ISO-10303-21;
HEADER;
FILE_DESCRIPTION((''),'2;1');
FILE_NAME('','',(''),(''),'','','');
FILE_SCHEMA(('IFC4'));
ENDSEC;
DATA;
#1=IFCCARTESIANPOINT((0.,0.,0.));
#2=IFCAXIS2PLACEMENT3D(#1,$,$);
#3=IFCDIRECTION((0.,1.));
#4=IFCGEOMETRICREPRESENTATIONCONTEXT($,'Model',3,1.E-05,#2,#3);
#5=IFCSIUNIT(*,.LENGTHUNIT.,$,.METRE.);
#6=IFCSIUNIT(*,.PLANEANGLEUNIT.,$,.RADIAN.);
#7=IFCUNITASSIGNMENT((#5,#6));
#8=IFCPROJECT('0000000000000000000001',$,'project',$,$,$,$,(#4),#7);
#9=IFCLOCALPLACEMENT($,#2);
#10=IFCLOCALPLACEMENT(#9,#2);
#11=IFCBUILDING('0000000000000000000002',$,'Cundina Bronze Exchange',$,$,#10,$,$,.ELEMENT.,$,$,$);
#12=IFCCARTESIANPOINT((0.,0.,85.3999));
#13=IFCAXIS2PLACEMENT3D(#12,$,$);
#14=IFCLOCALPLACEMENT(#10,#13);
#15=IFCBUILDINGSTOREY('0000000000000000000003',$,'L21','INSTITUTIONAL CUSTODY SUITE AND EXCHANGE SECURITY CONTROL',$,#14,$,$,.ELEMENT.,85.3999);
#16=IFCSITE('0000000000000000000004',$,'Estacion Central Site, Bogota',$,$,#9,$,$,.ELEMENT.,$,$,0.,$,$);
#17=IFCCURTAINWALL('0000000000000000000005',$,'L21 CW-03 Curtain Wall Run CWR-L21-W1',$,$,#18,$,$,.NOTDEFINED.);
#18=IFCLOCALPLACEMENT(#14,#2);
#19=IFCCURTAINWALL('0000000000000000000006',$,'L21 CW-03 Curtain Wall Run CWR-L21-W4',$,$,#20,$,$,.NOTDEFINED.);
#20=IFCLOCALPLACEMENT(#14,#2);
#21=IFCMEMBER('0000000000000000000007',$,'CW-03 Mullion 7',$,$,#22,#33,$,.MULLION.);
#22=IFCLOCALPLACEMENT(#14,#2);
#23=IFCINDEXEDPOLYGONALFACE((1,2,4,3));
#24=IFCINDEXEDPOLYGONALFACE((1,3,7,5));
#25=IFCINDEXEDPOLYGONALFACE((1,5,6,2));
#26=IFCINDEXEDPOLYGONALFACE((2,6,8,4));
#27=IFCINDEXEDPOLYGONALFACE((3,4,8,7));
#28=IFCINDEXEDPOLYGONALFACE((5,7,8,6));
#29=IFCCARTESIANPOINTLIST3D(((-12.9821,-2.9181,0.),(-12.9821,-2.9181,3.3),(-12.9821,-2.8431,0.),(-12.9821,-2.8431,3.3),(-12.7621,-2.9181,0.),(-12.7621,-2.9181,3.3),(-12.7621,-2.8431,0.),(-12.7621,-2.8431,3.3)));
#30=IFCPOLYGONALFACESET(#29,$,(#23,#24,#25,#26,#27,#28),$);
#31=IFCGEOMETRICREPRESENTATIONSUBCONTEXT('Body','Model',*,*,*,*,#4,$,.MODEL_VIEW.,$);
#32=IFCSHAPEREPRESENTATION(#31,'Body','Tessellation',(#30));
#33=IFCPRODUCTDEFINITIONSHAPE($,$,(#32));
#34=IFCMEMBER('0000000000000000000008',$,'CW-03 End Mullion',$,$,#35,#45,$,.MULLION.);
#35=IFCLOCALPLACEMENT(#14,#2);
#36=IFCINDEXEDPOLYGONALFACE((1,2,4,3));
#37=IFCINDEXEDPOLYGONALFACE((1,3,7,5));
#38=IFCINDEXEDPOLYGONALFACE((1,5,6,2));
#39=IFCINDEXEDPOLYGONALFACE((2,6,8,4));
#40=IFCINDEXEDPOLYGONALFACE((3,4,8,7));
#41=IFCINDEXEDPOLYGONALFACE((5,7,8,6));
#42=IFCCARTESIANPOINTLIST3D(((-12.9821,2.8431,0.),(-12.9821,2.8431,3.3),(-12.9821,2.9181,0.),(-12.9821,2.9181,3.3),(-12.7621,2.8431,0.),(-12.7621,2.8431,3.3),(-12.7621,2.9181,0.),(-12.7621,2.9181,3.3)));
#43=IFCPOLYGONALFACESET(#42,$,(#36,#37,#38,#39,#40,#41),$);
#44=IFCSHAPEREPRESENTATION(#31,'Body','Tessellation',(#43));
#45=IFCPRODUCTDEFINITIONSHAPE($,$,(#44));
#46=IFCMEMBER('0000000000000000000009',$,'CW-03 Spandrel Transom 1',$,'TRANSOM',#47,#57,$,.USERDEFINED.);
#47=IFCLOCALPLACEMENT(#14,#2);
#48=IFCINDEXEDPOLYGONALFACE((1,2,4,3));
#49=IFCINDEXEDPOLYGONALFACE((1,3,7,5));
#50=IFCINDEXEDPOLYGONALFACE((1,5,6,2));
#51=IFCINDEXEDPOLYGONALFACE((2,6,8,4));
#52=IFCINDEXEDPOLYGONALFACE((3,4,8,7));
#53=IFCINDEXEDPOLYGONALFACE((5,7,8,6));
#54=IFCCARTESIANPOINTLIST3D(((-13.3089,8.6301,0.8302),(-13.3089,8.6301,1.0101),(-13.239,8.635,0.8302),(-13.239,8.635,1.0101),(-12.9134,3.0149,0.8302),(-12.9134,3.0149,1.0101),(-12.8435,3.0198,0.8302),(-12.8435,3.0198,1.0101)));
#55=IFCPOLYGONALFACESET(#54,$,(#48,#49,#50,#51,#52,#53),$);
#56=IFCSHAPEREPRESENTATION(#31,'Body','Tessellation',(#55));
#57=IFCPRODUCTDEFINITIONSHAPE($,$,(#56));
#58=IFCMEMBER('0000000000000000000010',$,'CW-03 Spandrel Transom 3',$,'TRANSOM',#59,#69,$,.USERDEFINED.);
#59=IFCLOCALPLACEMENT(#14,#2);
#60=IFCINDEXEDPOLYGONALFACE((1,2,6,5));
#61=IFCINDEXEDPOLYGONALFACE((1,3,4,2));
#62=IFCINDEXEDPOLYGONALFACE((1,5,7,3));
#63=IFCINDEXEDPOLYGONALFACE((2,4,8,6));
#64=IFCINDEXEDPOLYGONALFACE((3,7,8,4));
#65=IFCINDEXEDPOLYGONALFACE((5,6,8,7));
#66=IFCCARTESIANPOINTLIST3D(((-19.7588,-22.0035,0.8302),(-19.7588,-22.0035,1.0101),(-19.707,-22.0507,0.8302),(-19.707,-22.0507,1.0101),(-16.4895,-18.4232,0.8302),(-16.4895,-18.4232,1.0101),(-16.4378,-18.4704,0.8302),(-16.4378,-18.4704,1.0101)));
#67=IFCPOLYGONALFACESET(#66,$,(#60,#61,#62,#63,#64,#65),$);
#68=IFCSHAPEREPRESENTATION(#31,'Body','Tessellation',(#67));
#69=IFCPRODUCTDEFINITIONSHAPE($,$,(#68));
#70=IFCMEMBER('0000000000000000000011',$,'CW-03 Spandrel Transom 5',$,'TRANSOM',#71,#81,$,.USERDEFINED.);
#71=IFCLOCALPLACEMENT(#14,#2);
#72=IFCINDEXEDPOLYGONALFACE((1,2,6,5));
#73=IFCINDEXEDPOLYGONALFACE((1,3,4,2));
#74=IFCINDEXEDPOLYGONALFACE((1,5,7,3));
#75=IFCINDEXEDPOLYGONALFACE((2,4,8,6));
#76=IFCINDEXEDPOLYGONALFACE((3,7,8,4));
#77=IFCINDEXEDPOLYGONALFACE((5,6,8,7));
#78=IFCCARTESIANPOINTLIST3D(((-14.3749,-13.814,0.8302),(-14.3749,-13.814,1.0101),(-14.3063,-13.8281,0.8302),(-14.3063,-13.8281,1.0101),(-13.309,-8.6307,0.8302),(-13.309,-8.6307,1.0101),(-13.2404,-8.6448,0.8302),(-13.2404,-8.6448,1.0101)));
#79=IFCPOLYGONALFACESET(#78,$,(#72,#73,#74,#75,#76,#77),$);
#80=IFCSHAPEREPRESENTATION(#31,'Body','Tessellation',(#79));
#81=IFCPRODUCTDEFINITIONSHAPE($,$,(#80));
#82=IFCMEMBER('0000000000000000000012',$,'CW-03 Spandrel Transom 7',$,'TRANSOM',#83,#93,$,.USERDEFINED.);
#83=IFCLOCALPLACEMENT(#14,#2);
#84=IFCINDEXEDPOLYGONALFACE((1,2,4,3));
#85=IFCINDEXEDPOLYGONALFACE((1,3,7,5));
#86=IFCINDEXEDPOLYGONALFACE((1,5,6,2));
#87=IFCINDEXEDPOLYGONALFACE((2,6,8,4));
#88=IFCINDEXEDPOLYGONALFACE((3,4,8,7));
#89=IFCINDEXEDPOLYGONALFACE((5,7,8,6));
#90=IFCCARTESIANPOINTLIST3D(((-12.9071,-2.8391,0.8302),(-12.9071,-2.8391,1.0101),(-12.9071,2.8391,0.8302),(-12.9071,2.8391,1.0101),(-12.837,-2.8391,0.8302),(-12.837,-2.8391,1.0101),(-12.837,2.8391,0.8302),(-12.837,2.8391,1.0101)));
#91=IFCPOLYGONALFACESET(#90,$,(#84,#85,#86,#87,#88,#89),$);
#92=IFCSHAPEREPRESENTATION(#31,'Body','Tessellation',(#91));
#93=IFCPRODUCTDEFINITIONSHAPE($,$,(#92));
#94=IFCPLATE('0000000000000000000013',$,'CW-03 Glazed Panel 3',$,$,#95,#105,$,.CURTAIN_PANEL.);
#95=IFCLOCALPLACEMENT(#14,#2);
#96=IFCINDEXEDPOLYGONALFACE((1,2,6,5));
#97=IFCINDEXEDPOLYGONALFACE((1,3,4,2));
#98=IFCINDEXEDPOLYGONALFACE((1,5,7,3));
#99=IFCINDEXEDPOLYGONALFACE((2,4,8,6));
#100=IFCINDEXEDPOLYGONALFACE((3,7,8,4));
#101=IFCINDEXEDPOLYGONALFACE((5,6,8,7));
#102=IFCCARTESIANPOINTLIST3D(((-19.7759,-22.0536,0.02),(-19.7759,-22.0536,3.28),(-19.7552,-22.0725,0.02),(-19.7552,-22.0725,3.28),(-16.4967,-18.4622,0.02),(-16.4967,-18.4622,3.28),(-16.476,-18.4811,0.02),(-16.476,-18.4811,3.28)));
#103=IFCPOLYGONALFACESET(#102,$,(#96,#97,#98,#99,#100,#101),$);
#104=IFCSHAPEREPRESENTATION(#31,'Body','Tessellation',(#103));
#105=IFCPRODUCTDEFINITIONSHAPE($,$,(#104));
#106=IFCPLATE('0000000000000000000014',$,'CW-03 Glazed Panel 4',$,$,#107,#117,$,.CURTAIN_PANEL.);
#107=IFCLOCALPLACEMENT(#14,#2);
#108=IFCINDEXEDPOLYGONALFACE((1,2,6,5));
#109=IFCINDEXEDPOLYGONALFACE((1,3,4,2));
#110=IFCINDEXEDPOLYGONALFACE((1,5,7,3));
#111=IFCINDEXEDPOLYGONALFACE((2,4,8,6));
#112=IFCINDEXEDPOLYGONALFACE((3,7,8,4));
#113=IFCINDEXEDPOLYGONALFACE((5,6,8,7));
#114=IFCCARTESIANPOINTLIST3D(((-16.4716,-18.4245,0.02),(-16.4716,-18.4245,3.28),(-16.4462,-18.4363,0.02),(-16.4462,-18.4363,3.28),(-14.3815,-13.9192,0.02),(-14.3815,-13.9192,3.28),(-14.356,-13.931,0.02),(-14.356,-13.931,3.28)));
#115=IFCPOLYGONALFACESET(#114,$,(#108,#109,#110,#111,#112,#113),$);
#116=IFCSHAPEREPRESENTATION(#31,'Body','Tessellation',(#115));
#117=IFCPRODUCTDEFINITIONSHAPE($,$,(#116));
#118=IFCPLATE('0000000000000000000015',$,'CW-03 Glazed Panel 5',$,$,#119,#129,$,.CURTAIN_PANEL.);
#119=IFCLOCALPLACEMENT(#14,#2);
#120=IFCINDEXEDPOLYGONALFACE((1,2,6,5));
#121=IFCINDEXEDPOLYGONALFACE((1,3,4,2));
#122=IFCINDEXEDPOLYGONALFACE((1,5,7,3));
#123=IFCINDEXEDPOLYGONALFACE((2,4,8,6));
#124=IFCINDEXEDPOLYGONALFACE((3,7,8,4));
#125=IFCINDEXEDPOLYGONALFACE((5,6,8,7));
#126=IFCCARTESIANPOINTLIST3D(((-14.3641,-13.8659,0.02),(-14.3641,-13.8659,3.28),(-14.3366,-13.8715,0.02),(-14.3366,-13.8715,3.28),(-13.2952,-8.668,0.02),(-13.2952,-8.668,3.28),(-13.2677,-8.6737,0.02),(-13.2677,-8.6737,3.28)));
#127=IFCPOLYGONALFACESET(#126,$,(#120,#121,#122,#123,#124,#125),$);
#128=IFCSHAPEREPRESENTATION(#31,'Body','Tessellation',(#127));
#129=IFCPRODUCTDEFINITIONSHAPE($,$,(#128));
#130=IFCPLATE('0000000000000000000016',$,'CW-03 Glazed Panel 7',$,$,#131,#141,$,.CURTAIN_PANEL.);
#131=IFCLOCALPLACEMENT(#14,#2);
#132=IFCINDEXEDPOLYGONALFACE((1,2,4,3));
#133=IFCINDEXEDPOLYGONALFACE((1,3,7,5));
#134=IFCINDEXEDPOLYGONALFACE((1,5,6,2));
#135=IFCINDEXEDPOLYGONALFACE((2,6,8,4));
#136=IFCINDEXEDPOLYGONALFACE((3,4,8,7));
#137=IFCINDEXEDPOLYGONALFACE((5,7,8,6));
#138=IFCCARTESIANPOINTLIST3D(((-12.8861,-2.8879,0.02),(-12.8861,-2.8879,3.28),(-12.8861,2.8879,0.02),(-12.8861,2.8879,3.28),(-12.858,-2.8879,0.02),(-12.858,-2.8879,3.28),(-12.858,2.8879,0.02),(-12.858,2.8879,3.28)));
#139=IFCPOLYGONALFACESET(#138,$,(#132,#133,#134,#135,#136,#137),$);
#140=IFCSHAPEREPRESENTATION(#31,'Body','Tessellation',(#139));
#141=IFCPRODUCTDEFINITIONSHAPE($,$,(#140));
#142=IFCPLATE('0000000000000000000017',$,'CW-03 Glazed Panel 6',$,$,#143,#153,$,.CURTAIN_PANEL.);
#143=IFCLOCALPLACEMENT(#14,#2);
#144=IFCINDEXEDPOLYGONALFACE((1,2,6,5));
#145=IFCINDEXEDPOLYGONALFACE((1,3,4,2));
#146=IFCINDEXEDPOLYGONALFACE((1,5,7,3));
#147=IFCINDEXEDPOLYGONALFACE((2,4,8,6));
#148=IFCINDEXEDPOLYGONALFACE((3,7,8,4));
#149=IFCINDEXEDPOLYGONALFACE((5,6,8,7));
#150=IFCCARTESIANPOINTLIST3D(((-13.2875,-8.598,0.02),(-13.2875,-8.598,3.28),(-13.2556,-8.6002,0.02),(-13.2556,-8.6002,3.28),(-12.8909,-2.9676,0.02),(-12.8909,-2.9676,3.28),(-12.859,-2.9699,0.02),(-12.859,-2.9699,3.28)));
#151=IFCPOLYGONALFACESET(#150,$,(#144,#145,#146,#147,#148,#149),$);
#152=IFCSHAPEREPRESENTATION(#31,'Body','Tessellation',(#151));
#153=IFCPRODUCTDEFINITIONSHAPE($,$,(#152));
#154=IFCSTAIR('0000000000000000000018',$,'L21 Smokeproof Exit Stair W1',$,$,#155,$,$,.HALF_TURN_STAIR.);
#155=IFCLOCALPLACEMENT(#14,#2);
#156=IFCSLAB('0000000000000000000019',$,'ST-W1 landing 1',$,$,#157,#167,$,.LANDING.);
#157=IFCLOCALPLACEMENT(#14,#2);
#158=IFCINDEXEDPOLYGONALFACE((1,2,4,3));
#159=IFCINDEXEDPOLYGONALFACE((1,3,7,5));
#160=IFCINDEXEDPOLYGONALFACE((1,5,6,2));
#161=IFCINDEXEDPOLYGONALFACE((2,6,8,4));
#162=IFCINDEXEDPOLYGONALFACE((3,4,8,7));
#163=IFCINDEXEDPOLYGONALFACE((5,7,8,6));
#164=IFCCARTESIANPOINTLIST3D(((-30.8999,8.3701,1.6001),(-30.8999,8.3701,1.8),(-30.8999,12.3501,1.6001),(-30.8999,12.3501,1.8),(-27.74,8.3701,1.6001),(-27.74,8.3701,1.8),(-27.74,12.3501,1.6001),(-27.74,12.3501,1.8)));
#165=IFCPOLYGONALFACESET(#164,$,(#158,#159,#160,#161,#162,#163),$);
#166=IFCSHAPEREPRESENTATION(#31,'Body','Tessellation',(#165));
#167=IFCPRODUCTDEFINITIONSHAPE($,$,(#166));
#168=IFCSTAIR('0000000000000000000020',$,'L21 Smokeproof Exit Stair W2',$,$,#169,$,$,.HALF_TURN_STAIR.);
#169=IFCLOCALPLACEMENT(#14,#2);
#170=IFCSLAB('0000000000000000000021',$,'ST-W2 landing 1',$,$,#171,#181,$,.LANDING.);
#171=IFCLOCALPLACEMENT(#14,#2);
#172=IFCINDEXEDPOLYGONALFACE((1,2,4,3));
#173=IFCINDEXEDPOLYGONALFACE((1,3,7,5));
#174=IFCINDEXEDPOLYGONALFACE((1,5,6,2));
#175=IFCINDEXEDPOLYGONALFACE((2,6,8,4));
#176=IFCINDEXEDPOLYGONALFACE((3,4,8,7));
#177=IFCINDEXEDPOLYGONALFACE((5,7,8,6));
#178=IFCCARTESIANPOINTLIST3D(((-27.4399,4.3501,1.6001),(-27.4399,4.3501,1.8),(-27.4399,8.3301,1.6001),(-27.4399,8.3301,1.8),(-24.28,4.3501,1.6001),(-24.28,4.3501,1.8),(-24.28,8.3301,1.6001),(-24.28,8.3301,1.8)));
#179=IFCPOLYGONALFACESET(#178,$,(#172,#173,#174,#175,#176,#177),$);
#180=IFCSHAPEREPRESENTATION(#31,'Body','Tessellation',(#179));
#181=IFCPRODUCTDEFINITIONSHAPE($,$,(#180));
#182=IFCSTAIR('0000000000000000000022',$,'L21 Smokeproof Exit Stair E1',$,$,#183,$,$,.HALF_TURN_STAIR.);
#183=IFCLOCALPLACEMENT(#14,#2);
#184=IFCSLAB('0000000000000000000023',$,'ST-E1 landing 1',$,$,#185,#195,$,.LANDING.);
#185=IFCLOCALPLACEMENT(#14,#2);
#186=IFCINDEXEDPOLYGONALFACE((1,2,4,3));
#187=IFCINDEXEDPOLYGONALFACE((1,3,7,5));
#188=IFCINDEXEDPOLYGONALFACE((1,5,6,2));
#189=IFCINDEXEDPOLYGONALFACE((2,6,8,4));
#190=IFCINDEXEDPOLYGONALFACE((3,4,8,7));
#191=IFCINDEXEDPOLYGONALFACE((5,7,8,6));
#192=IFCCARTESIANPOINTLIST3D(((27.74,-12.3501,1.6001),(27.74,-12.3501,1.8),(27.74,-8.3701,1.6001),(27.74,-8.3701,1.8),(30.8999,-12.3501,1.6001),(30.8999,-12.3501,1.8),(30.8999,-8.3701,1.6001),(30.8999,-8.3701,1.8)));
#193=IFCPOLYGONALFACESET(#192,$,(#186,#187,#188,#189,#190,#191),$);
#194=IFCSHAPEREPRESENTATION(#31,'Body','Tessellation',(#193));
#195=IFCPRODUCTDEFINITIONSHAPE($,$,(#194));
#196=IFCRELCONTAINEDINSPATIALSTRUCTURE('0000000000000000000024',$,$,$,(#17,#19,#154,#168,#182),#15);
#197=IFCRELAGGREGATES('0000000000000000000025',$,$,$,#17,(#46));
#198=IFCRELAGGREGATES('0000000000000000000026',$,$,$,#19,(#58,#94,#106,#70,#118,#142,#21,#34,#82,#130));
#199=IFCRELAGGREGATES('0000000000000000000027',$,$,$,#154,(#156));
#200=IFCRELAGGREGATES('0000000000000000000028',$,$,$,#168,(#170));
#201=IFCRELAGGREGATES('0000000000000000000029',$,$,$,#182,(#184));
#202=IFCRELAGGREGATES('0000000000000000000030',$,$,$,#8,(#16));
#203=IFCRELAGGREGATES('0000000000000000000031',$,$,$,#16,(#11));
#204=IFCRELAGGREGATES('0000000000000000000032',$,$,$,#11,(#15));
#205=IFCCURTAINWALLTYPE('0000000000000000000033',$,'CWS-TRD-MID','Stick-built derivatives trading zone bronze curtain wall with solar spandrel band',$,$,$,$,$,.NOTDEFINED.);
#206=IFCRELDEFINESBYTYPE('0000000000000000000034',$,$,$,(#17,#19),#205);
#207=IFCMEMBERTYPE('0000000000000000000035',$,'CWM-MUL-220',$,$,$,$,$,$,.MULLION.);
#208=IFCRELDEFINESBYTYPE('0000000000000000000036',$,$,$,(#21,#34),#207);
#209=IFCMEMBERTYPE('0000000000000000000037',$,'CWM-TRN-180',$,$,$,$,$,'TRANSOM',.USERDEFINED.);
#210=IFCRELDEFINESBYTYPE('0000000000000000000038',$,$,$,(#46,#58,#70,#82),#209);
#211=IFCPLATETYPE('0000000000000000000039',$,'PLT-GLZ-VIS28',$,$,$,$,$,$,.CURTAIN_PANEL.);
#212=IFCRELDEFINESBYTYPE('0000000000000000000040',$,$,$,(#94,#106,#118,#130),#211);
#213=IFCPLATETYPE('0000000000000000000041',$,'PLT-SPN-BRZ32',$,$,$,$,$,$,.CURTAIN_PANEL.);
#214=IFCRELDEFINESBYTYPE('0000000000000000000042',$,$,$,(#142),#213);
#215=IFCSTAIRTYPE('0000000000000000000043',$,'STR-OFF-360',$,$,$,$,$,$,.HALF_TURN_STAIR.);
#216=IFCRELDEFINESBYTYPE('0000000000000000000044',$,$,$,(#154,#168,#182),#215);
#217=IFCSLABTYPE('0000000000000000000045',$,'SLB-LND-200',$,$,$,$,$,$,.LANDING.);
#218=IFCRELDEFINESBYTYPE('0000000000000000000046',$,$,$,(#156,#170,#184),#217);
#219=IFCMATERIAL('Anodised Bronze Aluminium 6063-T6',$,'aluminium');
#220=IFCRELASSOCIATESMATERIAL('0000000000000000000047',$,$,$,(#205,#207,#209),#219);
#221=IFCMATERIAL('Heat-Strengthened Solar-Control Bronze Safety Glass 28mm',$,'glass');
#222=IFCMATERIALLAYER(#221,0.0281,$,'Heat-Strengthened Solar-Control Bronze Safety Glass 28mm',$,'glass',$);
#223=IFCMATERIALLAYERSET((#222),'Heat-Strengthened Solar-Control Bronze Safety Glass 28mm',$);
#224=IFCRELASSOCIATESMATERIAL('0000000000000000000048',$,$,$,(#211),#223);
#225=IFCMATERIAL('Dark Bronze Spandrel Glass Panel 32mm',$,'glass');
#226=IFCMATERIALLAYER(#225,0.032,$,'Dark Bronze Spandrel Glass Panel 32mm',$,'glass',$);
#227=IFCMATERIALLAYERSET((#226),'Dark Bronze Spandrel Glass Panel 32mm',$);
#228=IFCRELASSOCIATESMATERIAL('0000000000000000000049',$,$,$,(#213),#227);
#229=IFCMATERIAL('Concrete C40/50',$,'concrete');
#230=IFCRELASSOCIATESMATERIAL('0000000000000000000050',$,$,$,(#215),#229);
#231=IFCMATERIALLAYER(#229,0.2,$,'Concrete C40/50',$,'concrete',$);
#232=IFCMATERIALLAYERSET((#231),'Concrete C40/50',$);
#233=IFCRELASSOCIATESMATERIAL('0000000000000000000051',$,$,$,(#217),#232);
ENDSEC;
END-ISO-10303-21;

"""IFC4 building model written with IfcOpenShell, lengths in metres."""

from ifc_helpers import new_model, si_unit, direction, frame, origin, origin_2d, place, context, subcontext, project, spatial, polyline, rectangle, outline, extrude, material, layer, layer_set, material_profile, profile_set, type_object, element, aggregate, save


model = new_model("IFC4")

# Units and contexts
model_context = context("Model", 3, precision=1e-05, world=origin(), true_north=direction((0.0, 1.0)))
body_context = subcontext(model_context, "Body", "Model", "MODEL_VIEW")
ifc_project = project(units=[si_unit("LENGTHUNIT", "METRE"), si_unit("PLANEANGLEUNIT", "RADIAN")], contexts=[model_context])

# Site, building, storey
site_placement = place(None, origin())
site = spatial("IfcSite", under=ifc_project, at=site_placement, Name="Estacion Central Site, Bogota", CompositionType="ELEMENT", RefElevation=0.0)
building_placement = place(site_placement, origin())
building = spatial("IfcBuilding", under=site, at=building_placement, Name="Cundina Bronze Exchange", CompositionType="ELEMENT")
storey_placement = place(building_placement, frame((0.0, 0.0, 85.3999)))
storey = spatial("IfcBuildingStorey", under=building, at=storey_placement, Name="L21", Description="INSTITUTIONAL CUSTODY SUITE AND EXCHANGE SECURITY CONTROL", CompositionType="ELEMENT", Elevation=85.3999)

# Curtain wall
ifc_material_1 = material(Name="Anodised Bronze Aluminium 6063-T6", Category="aluminium")
curtain_wall_type = type_object("IfcCurtainWallType", Name="CWS-TRD-MID", Description="Stick-built derivatives trading zone bronze curtain wall with solar spandrel band", PredefinedType="NOTDEFINED", material=ifc_material_1)
curtain_wall_1_placement = place(storey_placement, origin())
curtain_wall_1 = element("IfcCurtainWall", 1, at=curtain_wall_1_placement, inside=storey, type_object=curtain_wall_type, Name="L21 CW-03 Curtain Wall Run CWR-L21-W1", PredefinedType="NOTDEFINED")
ifc_material_profile_1 = material_profile(ifc_material_1, rectangle(XDim=0.075, YDim=0.22, at=origin_2d()), Name="AL75X220", Category="aluminium")
ifc_profile_set_1 = profile_set([ifc_material_profile_1], Name="Anodised Bronze Aluminium 6063-T6")
member_type_1 = type_object("IfcMemberType", Name="CWM-MUL-220", PredefinedType="MULLION", material=ifc_profile_set_1)

# Curtain wall, members
curtain_wall_2_placement = place(storey_placement, origin())
curtain_wall_2 = element("IfcCurtainWall", 2, at=curtain_wall_2_placement, inside=storey, type_object=curtain_wall_type, Name="L21 CW-03 Curtain Wall Run CWR-L21-W4", PredefinedType="NOTDEFINED")
member_1_placement = place(storey_placement, frame((-12.8721, -2.8806, 0.0), z_axis=(0.0, 0.0, 1.0), x_axis=(0.0, 1.0, 0.0)))
member_1 = element("IfcMember", 3, at=member_1_placement, type_object=member_type_1, Name="CW-03 Mullion 7", PredefinedType="MULLION", context=body_context, shape_type="SweptSolid", body=[
    extrude(rectangle(XDim=0.075, YDim=0.22, at=origin_2d()), origin(), (0.0, 0.0, 1.0), 3.3),
])
member_2_placement = place(storey_placement, frame((-12.8721, 2.8806, 0.0), z_axis=(0.0, 0.0, 1.0), x_axis=(0.0, 1.0, 0.0)))
member_2 = element("IfcMember", 4, at=member_2_placement, type_object=member_type_1, Name="CW-03 End Mullion", PredefinedType="MULLION", context=body_context, shape_type="SweptSolid", body=[
    extrude(rectangle(XDim=0.075, YDim=0.22, at=origin_2d()), origin(), (0.0, 0.0, 1.0), 3.3),
])

# Members
ifc_material_profile_2 = material_profile(ifc_material_1, rectangle(XDim=0.0701, YDim=0.1799, at=origin_2d()), Name="AL70X180", Category="aluminium")
ifc_profile_set_2 = profile_set([ifc_material_profile_2], Name="Anodised Bronze Aluminium 6063-T6")
member_type_2 = type_object("IfcMemberType", Name="CWM-TRN-180", ElementType="TRANSOM", PredefinedType="USERDEFINED", material=ifc_profile_set_2)
member_3_placement = place(storey_placement, frame((-12.8784, 3.0173, 0.9202), z_axis=(-0.070261, 0.997529, 0.0), x_axis=(-0.997529, -0.070261, 0.0)))
member_3 = element("IfcMember", 5, at=member_3_placement, type_object=member_type_2, Name="CW-03 Spandrel Transom 1", ObjectType="TRANSOM", PredefinedType="USERDEFINED", context=body_context, shape_type="SweptSolid", body=[
    extrude(rectangle(XDim=0.0701, YDim=0.1799, at=origin_2d()), origin(), (0.0, 0.0, 1.0), 5.6292),
])
aggregate(curtain_wall_1, [member_3])
member_4_placement = place(storey_placement, frame((-19.7329, -22.0271, 0.9202), z_axis=(0.674303, 0.738455, 0.0), x_axis=(-0.738455, 0.674303, 0.0)))
member_4 = element("IfcMember", 6, at=member_4_placement, type_object=member_type_2, Name="CW-03 Spandrel Transom 3", ObjectType="TRANSOM", PredefinedType="USERDEFINED", context=body_context, shape_type="SweptSolid", body=[
    extrude(rectangle(XDim=0.0701, YDim=0.1799, at=origin_2d()), origin(), (0.0, 0.0, 1.0), 4.8484),
])
member_5_placement = place(storey_placement, frame((-14.3406, -13.821, 0.9202), z_axis=(0.201428, 0.979503, 0.0), x_axis=(-0.979503, 0.201428, 0.0)))
member_5 = element("IfcMember", 7, at=member_5_placement, type_object=member_type_2, Name="CW-03 Spandrel Transom 5", ObjectType="TRANSOM", PredefinedType="USERDEFINED", context=body_context, shape_type="SweptSolid", body=[
    extrude(rectangle(XDim=0.0701, YDim=0.1799, at=origin_2d()), origin(), (0.0, 0.0, 1.0), 5.2917),
])
member_6_placement = place(storey_placement, frame((-12.8721, -2.8391, 0.9202), z_axis=(0.0, 1.0, 0.0), x_axis=(-1.0, 0.0, 0.0)))
member_6 = element("IfcMember", 8, at=member_6_placement, type_object=member_type_2, Name="CW-03 Spandrel Transom 7", ObjectType="TRANSOM", PredefinedType="USERDEFINED", context=body_context, shape_type="SweptSolid", body=[
    extrude(rectangle(XDim=0.0701, YDim=0.1799, at=origin_2d()), origin(), (0.0, 0.0, 1.0), 5.6782),
])

# Plates
ifc_material_2 = material(Name="Heat-Strengthened Solar-Control Bronze Safety Glass 28mm", Category="glass")
ifc_layer_1 = layer(ifc_material_2, 0.0281, Name="Heat-Strengthened Solar-Control Bronze Safety Glass 28mm", Category="glass")
ifc_layer_set_1 = layer_set([ifc_layer_1], Name="Heat-Strengthened Solar-Control Bronze Safety Glass 28mm")
plate_type_1 = type_object("IfcPlateType", Name="PLT-GLZ-VIS28", PredefinedType="CURTAIN_PANEL", material=ifc_layer_set_1)
plate_1_placement = place(storey_placement, frame((-18.126, -20.2673, 0.02), z_axis=(0.0, 0.0, 1.0), x_axis=(0.674277, 0.738479, 0.0)))
plate_1 = element("IfcPlate", 9, at=plate_1_placement, type_object=plate_type_1, Name="CW-03 Glazed Panel 3", PredefinedType="CURTAIN_PANEL", context=body_context, shape_type="SweptSolid", body=[
    extrude(rectangle(XDim=4.8633, YDim=0.0281, at=origin_2d()), origin(), (0.0, 0.0, 1.0), 3.26),
])
plate_2_placement = place(storey_placement, frame((-15.4138, -16.1777, 0.02), z_axis=(0.0, 0.0, 1.0), x_axis=(0.420846, 0.907132, 0.0)))
plate_2 = element("IfcPlate", 10, at=plate_2_placement, type_object=plate_type_1, Name="CW-03 Glazed Panel 4", PredefinedType="CURTAIN_PANEL", context=body_context, shape_type="SweptSolid", body=[
    extrude(rectangle(XDim=4.9666, YDim=0.0281, at=origin_2d()), origin(), (0.0, 0.0, 1.0), 3.26),
])
plate_3_placement = place(storey_placement, frame((-13.8159, -11.2698, 0.02), z_axis=(0.0, 0.0, 1.0), x_axis=(0.20142, 0.979505, 0.0)))
plate_3 = element("IfcPlate", 11, at=plate_3_placement, type_object=plate_type_1, Name="CW-03 Glazed Panel 5", PredefinedType="CURTAIN_PANEL", context=body_context, shape_type="SweptSolid", body=[
    extrude(rectangle(XDim=5.3066, YDim=0.0281, at=origin_2d()), origin(), (0.0, 0.0, 1.0), 3.26),
])
plate_4_placement = place(storey_placement, frame((-12.8721, 0.0, 0.02), z_axis=(0.0, 0.0, 1.0), x_axis=(0.0, 1.0, 0.0)))
plate_4 = element("IfcPlate", 12, at=plate_4_placement, type_object=plate_type_1, Name="CW-03 Glazed Panel 7", PredefinedType="CURTAIN_PANEL", context=body_context, shape_type="SweptSolid", body=[
    extrude(rectangle(XDim=5.7759, YDim=0.0281, at=origin_2d()), origin(), (0.0, 0.0, 1.0), 3.26),
])
ifc_material_3 = material(Name="Dark Bronze Spandrel Glass Panel 32mm", Category="glass")
ifc_layer_2 = layer(ifc_material_3, 0.032, Name="Dark Bronze Spandrel Glass Panel 32mm", Category="glass")
ifc_layer_set_2 = layer_set([ifc_layer_2], Name="Dark Bronze Spandrel Glass Panel 32mm")
plate_type_2 = type_object("IfcPlateType", Name="PLT-SPN-BRZ32", PredefinedType="CURTAIN_PANEL", material=ifc_layer_set_2)
plate_5_placement = place(storey_placement, frame((-13.0732, -5.7839, 0.02), z_axis=(0.0, 0.0, 1.0), x_axis=(0.070279, 0.997527, 0.0)))
plate_5 = element("IfcPlate", 13, at=plate_5_placement, type_object=plate_type_2, Name="CW-03 Glazed Panel 6", PredefinedType="CURTAIN_PANEL", context=body_context, shape_type="SweptSolid", body=[
    extrude(rectangle(XDim=5.6443, YDim=0.032, at=origin_2d()), origin(), (0.0, 0.0, 1.0), 3.26),
])
aggregate(curtain_wall_2, [member_4, plate_1, plate_2, member_5, plate_3, plate_5, member_1, member_2, member_6, plate_4])

# Stairs, slabs
ifc_material_4 = material(Name="Concrete C40/50", Category="concrete")
stair_type = type_object("IfcStairType", Name="STR-OFF-360", PredefinedType="HALF_TURN_STAIR", material=ifc_material_4)
stair_1_placement = place(storey_placement, origin())
stair_1 = element("IfcStair", 14, at=stair_1_placement, inside=storey, type_object=stair_type, Name="L21 Smokeproof Exit Stair W1", PredefinedType="HALF_TURN_STAIR")
ifc_layer_3 = layer(ifc_material_4, 0.2, Name="Concrete C40/50", Category="concrete")
ifc_layer_set_3 = layer_set([ifc_layer_3], Name="Concrete C40/50")
slab_type_1 = type_object("IfcSlabType", Name="SLB-LND-200", PredefinedType="LANDING", material=ifc_layer_set_3)
slab_1_placement = place(storey_placement, frame((0.0, 0.0, 1.6001)))
slab_1 = element("IfcSlab", 15, at=slab_1_placement, type_object=slab_type_1, Name="ST-W1 landing 1", PredefinedType="LANDING", context=body_context, shape_type="SweptSolid", body=[
    extrude(outline(polyline([(-27.74, 8.3701), (-27.74, 12.3501), (-30.8999, 12.3501), (-30.8999, 8.3701), (-27.74, 8.3701)])), origin(), (0.0, 0.0, 1.0), 0.2),
])
aggregate(stair_1, [slab_1])
stair_2_placement = place(storey_placement, origin())
stair_2 = element("IfcStair", 16, at=stair_2_placement, inside=storey, type_object=stair_type, Name="L21 Smokeproof Exit Stair W2", PredefinedType="HALF_TURN_STAIR")
slab_2_placement = place(storey_placement, frame((0.0, 0.0, 1.6001)))
slab_2 = element("IfcSlab", 17, at=slab_2_placement, type_object=slab_type_1, Name="ST-W2 landing 1", PredefinedType="LANDING", context=body_context, shape_type="SweptSolid", body=[
    extrude(outline(polyline([(-27.4399, 8.3301), (-27.4399, 4.3501), (-24.28, 4.3501), (-24.28, 8.3301), (-27.4399, 8.3301)])), origin(), (0.0, 0.0, 1.0), 0.2),
])
aggregate(stair_2, [slab_2])
stair_3_placement = place(storey_placement, origin())
stair_3 = element("IfcStair", 18, at=stair_3_placement, inside=storey, type_object=stair_type, Name="L21 Smokeproof Exit Stair E1", PredefinedType="HALF_TURN_STAIR")
slab_3_placement = place(storey_placement, frame((0.0, 0.0, 1.6001)))
slab_3 = element("IfcSlab", 19, at=slab_3_placement, type_object=slab_type_1, Name="ST-E1 landing 1", PredefinedType="LANDING", context=body_context, shape_type="SweptSolid", body=[
    extrude(outline(polyline([(27.74, -8.3701), (27.74, -12.3501), (30.8999, -12.3501), (30.8999, -8.3701), (27.74, -8.3701)])), origin(), (0.0, 0.0, 1.0), 0.2),
])
aggregate(stair_3, [slab_3])

save(model, "model.ifc")
